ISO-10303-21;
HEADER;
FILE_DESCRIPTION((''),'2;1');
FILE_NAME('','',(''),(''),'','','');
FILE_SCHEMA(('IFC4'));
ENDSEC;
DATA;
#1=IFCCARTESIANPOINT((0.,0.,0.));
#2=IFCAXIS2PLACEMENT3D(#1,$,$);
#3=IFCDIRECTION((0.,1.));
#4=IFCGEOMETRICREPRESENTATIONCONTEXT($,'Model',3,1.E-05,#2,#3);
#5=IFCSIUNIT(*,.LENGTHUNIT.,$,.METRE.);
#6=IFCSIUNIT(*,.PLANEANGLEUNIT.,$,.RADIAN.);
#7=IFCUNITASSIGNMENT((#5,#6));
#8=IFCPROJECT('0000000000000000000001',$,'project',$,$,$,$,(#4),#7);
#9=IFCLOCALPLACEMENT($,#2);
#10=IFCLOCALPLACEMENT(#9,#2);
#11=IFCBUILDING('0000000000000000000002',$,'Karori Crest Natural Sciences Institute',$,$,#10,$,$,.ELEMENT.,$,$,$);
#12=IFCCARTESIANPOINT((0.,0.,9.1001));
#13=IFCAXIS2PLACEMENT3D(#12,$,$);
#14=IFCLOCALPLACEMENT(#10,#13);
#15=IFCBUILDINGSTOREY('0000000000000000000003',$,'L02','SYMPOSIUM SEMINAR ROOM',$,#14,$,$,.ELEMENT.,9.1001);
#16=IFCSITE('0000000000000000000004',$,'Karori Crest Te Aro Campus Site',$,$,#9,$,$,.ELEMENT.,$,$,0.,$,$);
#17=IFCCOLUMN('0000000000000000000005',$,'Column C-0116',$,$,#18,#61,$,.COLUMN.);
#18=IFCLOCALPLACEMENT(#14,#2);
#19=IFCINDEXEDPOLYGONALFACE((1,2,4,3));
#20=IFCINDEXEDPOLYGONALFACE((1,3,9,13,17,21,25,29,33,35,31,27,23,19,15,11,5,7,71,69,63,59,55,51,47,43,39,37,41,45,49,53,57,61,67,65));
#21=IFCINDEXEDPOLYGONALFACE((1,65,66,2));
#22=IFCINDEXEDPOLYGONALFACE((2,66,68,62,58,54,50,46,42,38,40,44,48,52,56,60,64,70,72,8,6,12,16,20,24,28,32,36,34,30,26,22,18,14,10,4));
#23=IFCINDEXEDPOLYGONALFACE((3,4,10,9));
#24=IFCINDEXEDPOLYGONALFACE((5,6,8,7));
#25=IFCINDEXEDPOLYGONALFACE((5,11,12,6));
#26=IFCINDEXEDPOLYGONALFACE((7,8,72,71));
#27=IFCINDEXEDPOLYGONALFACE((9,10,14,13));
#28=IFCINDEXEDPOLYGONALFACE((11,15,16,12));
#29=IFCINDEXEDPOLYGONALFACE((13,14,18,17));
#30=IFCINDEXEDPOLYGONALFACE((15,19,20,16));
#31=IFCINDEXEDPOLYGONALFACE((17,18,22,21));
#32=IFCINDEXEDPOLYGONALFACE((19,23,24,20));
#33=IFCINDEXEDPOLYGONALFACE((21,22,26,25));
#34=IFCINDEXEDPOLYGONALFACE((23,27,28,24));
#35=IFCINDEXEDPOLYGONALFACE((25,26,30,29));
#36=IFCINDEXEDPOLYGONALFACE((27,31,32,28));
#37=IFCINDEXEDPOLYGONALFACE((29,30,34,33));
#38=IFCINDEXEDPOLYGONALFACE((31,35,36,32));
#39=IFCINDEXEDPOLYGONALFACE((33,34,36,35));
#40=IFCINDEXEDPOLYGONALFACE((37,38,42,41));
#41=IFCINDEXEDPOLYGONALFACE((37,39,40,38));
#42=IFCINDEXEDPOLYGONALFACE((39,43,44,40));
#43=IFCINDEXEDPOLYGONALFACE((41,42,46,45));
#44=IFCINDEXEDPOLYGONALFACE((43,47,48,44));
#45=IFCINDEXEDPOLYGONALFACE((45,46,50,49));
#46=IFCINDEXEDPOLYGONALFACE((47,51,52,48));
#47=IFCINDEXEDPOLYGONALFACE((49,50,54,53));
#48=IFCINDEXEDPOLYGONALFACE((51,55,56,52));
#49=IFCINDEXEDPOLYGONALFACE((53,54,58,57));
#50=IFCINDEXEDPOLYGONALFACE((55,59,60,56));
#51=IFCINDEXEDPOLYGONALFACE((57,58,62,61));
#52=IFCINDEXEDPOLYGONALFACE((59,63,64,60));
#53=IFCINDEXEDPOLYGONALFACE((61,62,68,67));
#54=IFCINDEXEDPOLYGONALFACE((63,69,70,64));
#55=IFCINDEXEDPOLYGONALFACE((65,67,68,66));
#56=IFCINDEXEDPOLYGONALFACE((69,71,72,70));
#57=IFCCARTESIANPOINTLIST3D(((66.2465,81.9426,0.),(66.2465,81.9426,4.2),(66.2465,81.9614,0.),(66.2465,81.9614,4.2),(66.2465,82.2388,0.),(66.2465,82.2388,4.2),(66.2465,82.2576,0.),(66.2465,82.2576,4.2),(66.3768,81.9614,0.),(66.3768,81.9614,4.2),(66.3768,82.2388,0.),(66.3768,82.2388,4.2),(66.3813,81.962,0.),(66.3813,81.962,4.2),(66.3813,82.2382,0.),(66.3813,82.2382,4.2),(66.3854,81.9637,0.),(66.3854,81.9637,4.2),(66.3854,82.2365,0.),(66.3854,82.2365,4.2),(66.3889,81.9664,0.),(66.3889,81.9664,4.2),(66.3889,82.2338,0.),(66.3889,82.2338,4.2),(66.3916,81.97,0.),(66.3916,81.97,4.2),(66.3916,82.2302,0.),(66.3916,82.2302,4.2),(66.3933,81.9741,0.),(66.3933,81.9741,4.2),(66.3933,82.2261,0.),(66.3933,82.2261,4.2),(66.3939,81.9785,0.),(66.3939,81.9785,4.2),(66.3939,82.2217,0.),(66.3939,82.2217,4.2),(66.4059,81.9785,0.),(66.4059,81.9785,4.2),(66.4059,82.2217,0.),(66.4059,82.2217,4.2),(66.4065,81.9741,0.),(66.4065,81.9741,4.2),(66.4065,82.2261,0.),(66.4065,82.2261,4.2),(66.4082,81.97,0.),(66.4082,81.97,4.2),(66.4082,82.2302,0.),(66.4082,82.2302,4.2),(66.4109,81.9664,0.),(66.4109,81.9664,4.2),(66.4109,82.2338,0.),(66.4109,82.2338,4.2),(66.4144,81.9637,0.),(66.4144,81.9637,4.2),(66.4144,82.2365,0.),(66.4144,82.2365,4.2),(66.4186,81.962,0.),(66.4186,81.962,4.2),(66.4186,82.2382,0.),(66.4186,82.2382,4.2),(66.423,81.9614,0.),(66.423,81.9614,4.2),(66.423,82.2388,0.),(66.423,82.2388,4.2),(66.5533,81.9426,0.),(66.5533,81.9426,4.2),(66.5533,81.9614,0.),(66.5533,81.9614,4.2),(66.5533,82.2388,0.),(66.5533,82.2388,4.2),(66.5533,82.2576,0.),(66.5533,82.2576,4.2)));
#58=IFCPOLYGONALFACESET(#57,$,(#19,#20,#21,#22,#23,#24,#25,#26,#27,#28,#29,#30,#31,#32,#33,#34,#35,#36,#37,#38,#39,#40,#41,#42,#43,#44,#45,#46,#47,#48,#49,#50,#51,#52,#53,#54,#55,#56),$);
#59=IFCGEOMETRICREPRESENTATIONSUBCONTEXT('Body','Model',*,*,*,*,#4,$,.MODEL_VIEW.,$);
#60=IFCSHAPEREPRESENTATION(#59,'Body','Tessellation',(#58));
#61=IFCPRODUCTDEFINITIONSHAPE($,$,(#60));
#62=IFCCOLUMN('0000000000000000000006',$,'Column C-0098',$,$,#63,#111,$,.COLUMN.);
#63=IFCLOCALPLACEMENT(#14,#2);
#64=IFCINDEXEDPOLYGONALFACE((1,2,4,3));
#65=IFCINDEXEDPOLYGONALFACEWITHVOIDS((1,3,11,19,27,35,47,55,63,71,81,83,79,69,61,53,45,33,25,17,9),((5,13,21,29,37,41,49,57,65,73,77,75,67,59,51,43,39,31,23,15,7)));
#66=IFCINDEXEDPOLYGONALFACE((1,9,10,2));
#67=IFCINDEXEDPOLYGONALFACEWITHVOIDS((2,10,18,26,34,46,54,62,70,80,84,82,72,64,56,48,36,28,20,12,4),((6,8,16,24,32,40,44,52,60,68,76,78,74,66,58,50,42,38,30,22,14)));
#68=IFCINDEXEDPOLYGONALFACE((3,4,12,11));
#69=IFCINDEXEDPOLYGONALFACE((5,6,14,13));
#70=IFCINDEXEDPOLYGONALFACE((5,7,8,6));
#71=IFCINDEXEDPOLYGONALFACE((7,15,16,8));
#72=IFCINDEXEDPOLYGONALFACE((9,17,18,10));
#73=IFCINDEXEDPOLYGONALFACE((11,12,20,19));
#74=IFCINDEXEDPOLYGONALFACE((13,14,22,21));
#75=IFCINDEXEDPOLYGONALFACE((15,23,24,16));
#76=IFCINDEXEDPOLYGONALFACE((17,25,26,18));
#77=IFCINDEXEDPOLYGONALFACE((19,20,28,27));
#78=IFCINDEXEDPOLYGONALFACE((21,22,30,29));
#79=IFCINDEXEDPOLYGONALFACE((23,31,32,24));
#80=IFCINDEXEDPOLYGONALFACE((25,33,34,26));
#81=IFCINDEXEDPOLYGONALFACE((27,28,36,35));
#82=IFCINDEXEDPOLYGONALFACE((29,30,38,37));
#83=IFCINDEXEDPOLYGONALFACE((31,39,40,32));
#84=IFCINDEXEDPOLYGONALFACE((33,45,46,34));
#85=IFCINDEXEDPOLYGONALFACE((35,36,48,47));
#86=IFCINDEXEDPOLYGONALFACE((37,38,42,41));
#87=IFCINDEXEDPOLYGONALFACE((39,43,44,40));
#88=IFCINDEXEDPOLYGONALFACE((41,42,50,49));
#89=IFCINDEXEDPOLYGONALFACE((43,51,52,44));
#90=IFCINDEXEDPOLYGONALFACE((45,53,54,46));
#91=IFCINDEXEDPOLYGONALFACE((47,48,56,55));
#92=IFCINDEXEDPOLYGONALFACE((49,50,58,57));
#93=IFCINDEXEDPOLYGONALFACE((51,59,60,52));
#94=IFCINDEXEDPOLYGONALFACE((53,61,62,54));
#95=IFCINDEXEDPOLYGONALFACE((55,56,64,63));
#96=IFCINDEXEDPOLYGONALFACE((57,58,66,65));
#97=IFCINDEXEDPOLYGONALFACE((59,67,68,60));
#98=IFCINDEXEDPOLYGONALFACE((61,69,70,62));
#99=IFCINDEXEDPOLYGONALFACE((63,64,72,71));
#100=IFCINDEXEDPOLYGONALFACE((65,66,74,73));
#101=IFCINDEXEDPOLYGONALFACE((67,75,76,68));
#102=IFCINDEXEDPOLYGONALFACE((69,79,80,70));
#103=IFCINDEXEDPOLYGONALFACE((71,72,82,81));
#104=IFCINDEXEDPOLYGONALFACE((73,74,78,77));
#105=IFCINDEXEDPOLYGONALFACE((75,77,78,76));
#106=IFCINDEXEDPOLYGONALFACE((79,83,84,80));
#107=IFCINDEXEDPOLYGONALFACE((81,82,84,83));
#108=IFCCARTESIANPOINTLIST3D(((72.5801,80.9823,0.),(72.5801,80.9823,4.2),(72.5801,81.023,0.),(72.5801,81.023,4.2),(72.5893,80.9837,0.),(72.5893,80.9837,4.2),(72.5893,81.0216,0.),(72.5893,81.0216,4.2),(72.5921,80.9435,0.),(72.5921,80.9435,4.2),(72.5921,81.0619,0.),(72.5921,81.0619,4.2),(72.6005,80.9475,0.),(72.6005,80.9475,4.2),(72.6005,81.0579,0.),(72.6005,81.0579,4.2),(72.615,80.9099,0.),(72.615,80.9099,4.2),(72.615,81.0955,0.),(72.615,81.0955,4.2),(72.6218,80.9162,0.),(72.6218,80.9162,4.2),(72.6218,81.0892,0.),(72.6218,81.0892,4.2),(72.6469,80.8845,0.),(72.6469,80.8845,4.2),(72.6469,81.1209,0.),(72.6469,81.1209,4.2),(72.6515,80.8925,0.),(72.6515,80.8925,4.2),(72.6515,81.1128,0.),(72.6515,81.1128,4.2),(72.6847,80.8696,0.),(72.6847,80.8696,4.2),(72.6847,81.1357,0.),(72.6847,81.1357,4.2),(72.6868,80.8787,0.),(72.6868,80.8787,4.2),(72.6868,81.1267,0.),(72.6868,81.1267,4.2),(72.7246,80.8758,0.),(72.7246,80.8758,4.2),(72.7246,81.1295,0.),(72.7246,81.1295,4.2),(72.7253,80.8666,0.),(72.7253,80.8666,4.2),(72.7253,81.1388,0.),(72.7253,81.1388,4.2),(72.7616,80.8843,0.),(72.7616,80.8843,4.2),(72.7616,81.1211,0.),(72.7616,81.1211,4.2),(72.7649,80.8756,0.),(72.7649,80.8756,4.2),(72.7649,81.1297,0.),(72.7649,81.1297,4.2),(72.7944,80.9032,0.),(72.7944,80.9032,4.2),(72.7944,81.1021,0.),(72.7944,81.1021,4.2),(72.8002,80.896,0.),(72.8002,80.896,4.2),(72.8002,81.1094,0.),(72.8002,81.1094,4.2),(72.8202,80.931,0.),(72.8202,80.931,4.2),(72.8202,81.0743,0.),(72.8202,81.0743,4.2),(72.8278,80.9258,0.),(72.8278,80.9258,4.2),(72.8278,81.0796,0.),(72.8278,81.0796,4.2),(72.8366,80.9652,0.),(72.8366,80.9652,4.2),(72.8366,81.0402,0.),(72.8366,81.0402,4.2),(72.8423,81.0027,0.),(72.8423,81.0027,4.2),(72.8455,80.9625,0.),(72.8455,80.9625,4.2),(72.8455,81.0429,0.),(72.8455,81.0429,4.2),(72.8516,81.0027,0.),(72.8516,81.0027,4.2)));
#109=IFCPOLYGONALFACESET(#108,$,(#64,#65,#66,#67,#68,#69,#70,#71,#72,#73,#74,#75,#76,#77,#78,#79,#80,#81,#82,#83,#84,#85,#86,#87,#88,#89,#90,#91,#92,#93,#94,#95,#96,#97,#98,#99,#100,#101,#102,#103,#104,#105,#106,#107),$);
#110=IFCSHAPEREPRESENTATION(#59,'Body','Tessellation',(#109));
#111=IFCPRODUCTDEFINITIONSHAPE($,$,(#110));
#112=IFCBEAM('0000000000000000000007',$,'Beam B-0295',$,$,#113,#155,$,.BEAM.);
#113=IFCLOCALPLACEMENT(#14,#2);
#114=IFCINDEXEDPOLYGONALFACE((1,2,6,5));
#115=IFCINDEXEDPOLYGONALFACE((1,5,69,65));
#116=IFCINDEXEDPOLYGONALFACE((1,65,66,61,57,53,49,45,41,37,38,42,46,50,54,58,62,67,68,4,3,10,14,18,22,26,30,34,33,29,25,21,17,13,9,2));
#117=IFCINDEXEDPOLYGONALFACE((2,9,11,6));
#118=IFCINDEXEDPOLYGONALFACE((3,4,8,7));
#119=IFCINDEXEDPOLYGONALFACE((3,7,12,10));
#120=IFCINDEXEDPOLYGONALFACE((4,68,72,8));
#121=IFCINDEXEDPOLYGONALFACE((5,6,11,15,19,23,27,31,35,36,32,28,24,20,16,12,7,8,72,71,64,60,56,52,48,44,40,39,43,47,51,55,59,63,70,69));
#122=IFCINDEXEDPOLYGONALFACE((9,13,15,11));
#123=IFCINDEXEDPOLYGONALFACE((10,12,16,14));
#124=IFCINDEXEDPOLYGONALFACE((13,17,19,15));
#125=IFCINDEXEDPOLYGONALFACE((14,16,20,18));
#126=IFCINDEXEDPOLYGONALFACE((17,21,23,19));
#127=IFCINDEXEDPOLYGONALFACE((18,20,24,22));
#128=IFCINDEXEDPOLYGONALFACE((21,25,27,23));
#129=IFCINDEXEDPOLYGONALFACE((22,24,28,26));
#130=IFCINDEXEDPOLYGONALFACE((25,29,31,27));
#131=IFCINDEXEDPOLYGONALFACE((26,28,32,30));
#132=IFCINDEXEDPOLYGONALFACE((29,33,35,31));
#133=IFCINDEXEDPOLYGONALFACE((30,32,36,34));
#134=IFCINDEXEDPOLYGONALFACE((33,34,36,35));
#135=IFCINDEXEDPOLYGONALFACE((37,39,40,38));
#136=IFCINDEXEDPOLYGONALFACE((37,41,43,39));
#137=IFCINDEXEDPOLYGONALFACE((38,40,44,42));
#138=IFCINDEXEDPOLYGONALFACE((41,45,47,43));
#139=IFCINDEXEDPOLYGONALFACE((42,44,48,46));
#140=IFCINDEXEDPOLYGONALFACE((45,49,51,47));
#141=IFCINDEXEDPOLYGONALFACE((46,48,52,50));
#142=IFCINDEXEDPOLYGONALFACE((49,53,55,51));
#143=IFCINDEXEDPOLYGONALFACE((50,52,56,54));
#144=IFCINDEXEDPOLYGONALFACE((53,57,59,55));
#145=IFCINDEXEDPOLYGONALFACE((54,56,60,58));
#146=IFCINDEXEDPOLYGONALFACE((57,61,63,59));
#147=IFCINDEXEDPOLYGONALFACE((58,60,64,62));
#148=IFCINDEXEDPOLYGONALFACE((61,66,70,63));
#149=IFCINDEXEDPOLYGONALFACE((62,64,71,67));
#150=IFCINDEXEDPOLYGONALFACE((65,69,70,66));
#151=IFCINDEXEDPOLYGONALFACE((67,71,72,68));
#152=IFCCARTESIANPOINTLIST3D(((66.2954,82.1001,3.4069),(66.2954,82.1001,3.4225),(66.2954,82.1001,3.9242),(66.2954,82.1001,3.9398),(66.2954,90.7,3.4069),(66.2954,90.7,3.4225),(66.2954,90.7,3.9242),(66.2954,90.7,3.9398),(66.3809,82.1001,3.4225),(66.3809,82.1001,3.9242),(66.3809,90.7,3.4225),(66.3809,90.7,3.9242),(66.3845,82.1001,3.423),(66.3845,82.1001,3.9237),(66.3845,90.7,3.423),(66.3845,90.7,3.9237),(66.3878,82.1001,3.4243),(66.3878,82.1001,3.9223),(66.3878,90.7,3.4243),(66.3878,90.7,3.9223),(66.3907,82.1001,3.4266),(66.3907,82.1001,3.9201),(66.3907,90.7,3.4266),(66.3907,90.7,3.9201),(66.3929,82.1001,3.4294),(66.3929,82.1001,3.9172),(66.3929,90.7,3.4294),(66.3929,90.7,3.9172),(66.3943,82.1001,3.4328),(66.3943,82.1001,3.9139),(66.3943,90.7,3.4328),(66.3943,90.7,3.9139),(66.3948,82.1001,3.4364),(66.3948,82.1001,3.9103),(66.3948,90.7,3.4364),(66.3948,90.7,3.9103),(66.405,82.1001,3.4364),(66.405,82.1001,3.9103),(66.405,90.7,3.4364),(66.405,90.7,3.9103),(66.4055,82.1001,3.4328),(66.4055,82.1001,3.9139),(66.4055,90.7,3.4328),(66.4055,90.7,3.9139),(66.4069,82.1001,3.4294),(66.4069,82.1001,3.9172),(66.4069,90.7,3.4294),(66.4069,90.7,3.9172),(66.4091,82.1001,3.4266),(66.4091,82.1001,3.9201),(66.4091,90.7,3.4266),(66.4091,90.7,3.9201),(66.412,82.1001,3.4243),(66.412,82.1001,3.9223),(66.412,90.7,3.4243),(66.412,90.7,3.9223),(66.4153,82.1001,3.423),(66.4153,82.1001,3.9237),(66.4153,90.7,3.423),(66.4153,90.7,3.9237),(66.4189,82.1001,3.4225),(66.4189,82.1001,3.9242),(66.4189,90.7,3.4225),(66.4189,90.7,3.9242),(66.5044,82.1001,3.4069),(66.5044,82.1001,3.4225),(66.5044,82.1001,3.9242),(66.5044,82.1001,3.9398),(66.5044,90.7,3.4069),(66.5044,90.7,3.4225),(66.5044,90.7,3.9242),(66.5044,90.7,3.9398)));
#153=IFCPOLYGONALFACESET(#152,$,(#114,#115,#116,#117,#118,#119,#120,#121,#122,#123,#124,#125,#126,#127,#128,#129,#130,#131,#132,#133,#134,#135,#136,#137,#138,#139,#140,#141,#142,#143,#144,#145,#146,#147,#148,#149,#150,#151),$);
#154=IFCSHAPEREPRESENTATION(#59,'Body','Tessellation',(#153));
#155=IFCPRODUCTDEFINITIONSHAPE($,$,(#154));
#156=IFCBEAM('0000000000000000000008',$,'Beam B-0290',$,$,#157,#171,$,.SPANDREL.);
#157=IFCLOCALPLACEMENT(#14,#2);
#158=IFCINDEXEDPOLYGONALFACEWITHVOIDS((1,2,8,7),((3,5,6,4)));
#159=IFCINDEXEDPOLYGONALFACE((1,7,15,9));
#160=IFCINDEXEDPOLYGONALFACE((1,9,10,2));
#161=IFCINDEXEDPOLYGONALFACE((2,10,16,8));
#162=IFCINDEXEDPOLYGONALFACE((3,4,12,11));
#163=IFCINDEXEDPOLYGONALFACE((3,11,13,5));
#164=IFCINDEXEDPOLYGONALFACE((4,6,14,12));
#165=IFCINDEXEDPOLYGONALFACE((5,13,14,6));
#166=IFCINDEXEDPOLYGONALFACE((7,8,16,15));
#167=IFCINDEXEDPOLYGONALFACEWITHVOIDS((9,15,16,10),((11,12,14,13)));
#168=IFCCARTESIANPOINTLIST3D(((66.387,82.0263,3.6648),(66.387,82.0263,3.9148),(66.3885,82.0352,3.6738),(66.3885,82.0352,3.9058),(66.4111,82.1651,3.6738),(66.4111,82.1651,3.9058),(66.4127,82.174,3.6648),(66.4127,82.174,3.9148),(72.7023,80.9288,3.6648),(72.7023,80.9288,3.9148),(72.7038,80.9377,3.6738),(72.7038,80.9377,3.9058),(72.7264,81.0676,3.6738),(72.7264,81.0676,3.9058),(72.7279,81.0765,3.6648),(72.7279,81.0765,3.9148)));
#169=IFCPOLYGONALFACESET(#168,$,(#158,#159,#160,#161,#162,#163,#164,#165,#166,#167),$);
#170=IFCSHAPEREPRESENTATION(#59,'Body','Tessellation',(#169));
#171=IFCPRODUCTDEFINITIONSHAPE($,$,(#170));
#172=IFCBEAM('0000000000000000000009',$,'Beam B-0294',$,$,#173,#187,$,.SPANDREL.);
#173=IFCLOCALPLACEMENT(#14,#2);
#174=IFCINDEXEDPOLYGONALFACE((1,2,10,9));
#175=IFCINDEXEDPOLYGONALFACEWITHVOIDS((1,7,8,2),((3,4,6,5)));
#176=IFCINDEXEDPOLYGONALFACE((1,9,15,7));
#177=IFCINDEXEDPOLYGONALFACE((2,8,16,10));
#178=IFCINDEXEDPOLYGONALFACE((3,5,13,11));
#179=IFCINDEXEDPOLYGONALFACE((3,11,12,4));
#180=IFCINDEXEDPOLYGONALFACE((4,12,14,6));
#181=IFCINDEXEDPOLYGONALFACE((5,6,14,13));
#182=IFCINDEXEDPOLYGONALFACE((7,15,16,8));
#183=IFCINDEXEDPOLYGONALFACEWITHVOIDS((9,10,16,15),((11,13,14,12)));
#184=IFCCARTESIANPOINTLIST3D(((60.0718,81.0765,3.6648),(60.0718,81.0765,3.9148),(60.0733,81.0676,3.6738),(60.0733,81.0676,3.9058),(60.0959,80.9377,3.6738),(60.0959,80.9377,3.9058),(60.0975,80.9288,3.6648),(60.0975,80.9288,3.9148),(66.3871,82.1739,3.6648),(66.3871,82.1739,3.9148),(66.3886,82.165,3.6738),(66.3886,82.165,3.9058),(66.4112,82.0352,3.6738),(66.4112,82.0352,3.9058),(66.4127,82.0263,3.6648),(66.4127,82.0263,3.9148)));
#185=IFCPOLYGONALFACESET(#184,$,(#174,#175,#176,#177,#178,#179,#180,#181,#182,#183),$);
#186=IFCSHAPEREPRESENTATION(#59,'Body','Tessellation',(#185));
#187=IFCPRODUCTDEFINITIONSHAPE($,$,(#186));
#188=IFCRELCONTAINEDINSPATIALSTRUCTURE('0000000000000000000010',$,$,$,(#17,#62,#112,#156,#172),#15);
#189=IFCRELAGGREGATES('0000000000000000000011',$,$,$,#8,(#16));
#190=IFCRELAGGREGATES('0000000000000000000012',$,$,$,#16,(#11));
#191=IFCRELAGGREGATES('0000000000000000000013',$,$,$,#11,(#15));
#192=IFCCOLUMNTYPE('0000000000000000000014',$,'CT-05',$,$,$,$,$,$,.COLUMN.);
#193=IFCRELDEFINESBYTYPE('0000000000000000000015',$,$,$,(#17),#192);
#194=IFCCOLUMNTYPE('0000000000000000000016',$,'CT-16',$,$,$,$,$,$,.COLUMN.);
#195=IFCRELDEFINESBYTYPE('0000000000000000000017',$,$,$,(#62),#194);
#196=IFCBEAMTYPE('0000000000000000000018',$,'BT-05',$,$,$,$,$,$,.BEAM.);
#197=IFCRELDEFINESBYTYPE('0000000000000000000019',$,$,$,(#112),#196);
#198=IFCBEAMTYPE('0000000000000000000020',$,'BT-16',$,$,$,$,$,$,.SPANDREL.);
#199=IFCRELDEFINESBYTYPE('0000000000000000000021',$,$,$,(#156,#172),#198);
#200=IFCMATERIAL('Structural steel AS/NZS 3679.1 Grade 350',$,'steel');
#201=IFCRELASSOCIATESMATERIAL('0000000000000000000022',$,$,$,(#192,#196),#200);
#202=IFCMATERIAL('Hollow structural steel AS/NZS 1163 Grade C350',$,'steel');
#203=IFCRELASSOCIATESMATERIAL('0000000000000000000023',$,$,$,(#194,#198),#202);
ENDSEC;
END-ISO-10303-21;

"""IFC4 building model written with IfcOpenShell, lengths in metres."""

from ifc_helpers import new_model, si_unit, direction, frame, origin, origin_2d, place, context, subcontext, project, spatial, hollow_rectangle, hollow_circle, i_section, extrude, material, material_profile, profile_set, type_object, element, save


model = new_model("IFC4")

# Units and contexts
model_context = context("Model", 3, precision=1e-05, world=origin(), true_north=direction((0.0, 1.0)))
body_context = subcontext(model_context, "Body", "Model", "MODEL_VIEW")
ifc_project = project(units=[si_unit("LENGTHUNIT", "METRE"), si_unit("PLANEANGLEUNIT", "RADIAN")], contexts=[model_context])

# Site, building, storey
site_placement = place(None, origin())
site = spatial("IfcSite", under=ifc_project, at=site_placement, Name="Karori Crest Te Aro Campus Site", CompositionType="ELEMENT", RefElevation=0.0)
building_placement = place(site_placement, origin())
building = spatial("IfcBuilding", under=site, at=building_placement, Name="Karori Crest Natural Sciences Institute", CompositionType="ELEMENT")
storey_placement = place(building_placement, frame((0.0, 0.0, 9.1001)))
storey = spatial("IfcBuildingStorey", under=building, at=storey_placement, Name="L02", Description="SYMPOSIUM SEMINAR ROOM", CompositionType="ELEMENT", Elevation=9.1001)

# Columns
ifc_material_1 = material(Name="Structural steel AS/NZS 3679.1 Grade 350", Category="steel")
ifc_material_profile_1 = material_profile(ifc_material_1, i_section(OverallWidth=0.3069, OverallDepth=0.3149, WebThickness=0.012, FlangeThickness=0.0188, FilletRadius=0.0171, at=origin_2d()), Name="310UC118")
ifc_profile_set_1 = profile_set([ifc_material_profile_1], Name="Structural steel AS/NZS 3679.1 Grade 350")
column_type_1 = type_object("IfcColumnType", Name="CT-05", PredefinedType="COLUMN", material=ifc_profile_set_1)
column_1_placement = place(storey_placement, frame((66.3999, 82.1001, 0.0), z_axis=(0.0, 0.0, 1.0), x_axis=(1.0, 0.0, 0.0)))
element("IfcColumn", 1, at=column_1_placement, inside=storey, type_object=column_type_1, Name="Column C-0116", PredefinedType="COLUMN", context=body_context, shape_type="SweptSolid", body=[
    extrude(i_section(OverallWidth=0.3069, OverallDepth=0.3149, WebThickness=0.012, FlangeThickness=0.0188, FilletRadius=0.0171, at=origin_2d()), origin(), (0.0, 0.0, 1.0), 4.2),
])
ifc_material_2 = material(Name="Hollow structural steel AS/NZS 1163 Grade C350", Category="steel")
ifc_material_profile_2 = material_profile(ifc_material_2, hollow_circle(Radius=0.1365, WallThickness=0.0093, at=origin_2d()), Name="CHS273.0x9.3")
ifc_profile_set_2 = profile_set([ifc_material_profile_2], Name="Hollow structural steel AS/NZS 1163 Grade C350")
column_type_2 = type_object("IfcColumnType", Name="CT-16", PredefinedType="COLUMN", material=ifc_profile_set_2)
column_2_placement = place(storey_placement, frame((72.7151, 81.0027, 0.0), z_axis=(0.0, 0.0, 1.0), x_axis=(1.0, 0.0, 0.0)))
element("IfcColumn", 2, at=column_2_placement, inside=storey, type_object=column_type_2, Name="Column C-0098", PredefinedType="COLUMN", context=body_context, shape_type="SweptSolid", body=[
    extrude(hollow_circle(Radius=0.1365, WallThickness=0.0093, at=origin_2d()), origin(), (0.0, 0.0, 1.0), 4.2),
])

# Beams
ifc_material_profile_3 = material_profile(ifc_material_1, i_section(OverallWidth=0.209, OverallDepth=0.533, WebThickness=0.0103, FlangeThickness=0.0156, FilletRadius=0.0139, at=origin_2d()), Name="530UB92.4")
ifc_profile_set_3 = profile_set([ifc_material_profile_3], Name="Structural steel AS/NZS 3679.1 Grade 350")
beam_type_1 = type_object("IfcBeamType", Name="BT-05", PredefinedType="BEAM", material=ifc_profile_set_3)
beam_1_placement = place(storey_placement, frame((66.3999, 82.1001, 3.6733), z_axis=(0.0, 1.0, 0.0), x_axis=(-1.0, 0.0, 0.0)))
element("IfcBeam", 3, at=beam_1_placement, inside=storey, type_object=beam_type_1, Name="Beam B-0295", PredefinedType="BEAM", context=body_context, shape_type="SweptSolid", body=[
    extrude(i_section(OverallWidth=0.209, OverallDepth=0.533, WebThickness=0.0103, FlangeThickness=0.0156, FilletRadius=0.0139, at=origin_2d()), origin(), (0.0, 0.0, 1.0), 8.5999),
])
ifc_material_profile_4 = material_profile(ifc_material_2, hollow_rectangle(XDim=0.1499, YDim=0.25, WallThickness=0.009, at=origin_2d()), Name="RHS250x150x9")
ifc_profile_set_4 = profile_set([ifc_material_profile_4], Name="Hollow structural steel AS/NZS 1163 Grade C350")
beam_type_2 = type_object("IfcBeamType", Name="BT-16", PredefinedType="SPANDREL", material=ifc_profile_set_4)
for number, where, z_axis, x_axis, name in (
    (4, (72.7151, 81.0027, 3.7898), (-0.985235, 0.171208, 0.0), (-0.171208, -0.985235, 0.0), "Beam B-0290"),
    (5, (66.3999, 82.1001, 3.7898), (-0.985235, -0.171208, 0.0), (0.171208, -0.985235, 0.0), "Beam B-0294"),
):
    element("IfcBeam", number, at=place(storey_placement, frame(where, z_axis=z_axis, x_axis=x_axis)), inside=storey, type_object=beam_type_2, Name=name, PredefinedType="SPANDREL", context=body_context, shape_type="SweptSolid", body=[
        extrude(hollow_rectangle(XDim=0.1499, YDim=0.25, WallThickness=0.009, at=origin_2d()), origin(), (0.0, 0.0, 1.0), 6.4099),
    ])

save(model, "model.ifc")
